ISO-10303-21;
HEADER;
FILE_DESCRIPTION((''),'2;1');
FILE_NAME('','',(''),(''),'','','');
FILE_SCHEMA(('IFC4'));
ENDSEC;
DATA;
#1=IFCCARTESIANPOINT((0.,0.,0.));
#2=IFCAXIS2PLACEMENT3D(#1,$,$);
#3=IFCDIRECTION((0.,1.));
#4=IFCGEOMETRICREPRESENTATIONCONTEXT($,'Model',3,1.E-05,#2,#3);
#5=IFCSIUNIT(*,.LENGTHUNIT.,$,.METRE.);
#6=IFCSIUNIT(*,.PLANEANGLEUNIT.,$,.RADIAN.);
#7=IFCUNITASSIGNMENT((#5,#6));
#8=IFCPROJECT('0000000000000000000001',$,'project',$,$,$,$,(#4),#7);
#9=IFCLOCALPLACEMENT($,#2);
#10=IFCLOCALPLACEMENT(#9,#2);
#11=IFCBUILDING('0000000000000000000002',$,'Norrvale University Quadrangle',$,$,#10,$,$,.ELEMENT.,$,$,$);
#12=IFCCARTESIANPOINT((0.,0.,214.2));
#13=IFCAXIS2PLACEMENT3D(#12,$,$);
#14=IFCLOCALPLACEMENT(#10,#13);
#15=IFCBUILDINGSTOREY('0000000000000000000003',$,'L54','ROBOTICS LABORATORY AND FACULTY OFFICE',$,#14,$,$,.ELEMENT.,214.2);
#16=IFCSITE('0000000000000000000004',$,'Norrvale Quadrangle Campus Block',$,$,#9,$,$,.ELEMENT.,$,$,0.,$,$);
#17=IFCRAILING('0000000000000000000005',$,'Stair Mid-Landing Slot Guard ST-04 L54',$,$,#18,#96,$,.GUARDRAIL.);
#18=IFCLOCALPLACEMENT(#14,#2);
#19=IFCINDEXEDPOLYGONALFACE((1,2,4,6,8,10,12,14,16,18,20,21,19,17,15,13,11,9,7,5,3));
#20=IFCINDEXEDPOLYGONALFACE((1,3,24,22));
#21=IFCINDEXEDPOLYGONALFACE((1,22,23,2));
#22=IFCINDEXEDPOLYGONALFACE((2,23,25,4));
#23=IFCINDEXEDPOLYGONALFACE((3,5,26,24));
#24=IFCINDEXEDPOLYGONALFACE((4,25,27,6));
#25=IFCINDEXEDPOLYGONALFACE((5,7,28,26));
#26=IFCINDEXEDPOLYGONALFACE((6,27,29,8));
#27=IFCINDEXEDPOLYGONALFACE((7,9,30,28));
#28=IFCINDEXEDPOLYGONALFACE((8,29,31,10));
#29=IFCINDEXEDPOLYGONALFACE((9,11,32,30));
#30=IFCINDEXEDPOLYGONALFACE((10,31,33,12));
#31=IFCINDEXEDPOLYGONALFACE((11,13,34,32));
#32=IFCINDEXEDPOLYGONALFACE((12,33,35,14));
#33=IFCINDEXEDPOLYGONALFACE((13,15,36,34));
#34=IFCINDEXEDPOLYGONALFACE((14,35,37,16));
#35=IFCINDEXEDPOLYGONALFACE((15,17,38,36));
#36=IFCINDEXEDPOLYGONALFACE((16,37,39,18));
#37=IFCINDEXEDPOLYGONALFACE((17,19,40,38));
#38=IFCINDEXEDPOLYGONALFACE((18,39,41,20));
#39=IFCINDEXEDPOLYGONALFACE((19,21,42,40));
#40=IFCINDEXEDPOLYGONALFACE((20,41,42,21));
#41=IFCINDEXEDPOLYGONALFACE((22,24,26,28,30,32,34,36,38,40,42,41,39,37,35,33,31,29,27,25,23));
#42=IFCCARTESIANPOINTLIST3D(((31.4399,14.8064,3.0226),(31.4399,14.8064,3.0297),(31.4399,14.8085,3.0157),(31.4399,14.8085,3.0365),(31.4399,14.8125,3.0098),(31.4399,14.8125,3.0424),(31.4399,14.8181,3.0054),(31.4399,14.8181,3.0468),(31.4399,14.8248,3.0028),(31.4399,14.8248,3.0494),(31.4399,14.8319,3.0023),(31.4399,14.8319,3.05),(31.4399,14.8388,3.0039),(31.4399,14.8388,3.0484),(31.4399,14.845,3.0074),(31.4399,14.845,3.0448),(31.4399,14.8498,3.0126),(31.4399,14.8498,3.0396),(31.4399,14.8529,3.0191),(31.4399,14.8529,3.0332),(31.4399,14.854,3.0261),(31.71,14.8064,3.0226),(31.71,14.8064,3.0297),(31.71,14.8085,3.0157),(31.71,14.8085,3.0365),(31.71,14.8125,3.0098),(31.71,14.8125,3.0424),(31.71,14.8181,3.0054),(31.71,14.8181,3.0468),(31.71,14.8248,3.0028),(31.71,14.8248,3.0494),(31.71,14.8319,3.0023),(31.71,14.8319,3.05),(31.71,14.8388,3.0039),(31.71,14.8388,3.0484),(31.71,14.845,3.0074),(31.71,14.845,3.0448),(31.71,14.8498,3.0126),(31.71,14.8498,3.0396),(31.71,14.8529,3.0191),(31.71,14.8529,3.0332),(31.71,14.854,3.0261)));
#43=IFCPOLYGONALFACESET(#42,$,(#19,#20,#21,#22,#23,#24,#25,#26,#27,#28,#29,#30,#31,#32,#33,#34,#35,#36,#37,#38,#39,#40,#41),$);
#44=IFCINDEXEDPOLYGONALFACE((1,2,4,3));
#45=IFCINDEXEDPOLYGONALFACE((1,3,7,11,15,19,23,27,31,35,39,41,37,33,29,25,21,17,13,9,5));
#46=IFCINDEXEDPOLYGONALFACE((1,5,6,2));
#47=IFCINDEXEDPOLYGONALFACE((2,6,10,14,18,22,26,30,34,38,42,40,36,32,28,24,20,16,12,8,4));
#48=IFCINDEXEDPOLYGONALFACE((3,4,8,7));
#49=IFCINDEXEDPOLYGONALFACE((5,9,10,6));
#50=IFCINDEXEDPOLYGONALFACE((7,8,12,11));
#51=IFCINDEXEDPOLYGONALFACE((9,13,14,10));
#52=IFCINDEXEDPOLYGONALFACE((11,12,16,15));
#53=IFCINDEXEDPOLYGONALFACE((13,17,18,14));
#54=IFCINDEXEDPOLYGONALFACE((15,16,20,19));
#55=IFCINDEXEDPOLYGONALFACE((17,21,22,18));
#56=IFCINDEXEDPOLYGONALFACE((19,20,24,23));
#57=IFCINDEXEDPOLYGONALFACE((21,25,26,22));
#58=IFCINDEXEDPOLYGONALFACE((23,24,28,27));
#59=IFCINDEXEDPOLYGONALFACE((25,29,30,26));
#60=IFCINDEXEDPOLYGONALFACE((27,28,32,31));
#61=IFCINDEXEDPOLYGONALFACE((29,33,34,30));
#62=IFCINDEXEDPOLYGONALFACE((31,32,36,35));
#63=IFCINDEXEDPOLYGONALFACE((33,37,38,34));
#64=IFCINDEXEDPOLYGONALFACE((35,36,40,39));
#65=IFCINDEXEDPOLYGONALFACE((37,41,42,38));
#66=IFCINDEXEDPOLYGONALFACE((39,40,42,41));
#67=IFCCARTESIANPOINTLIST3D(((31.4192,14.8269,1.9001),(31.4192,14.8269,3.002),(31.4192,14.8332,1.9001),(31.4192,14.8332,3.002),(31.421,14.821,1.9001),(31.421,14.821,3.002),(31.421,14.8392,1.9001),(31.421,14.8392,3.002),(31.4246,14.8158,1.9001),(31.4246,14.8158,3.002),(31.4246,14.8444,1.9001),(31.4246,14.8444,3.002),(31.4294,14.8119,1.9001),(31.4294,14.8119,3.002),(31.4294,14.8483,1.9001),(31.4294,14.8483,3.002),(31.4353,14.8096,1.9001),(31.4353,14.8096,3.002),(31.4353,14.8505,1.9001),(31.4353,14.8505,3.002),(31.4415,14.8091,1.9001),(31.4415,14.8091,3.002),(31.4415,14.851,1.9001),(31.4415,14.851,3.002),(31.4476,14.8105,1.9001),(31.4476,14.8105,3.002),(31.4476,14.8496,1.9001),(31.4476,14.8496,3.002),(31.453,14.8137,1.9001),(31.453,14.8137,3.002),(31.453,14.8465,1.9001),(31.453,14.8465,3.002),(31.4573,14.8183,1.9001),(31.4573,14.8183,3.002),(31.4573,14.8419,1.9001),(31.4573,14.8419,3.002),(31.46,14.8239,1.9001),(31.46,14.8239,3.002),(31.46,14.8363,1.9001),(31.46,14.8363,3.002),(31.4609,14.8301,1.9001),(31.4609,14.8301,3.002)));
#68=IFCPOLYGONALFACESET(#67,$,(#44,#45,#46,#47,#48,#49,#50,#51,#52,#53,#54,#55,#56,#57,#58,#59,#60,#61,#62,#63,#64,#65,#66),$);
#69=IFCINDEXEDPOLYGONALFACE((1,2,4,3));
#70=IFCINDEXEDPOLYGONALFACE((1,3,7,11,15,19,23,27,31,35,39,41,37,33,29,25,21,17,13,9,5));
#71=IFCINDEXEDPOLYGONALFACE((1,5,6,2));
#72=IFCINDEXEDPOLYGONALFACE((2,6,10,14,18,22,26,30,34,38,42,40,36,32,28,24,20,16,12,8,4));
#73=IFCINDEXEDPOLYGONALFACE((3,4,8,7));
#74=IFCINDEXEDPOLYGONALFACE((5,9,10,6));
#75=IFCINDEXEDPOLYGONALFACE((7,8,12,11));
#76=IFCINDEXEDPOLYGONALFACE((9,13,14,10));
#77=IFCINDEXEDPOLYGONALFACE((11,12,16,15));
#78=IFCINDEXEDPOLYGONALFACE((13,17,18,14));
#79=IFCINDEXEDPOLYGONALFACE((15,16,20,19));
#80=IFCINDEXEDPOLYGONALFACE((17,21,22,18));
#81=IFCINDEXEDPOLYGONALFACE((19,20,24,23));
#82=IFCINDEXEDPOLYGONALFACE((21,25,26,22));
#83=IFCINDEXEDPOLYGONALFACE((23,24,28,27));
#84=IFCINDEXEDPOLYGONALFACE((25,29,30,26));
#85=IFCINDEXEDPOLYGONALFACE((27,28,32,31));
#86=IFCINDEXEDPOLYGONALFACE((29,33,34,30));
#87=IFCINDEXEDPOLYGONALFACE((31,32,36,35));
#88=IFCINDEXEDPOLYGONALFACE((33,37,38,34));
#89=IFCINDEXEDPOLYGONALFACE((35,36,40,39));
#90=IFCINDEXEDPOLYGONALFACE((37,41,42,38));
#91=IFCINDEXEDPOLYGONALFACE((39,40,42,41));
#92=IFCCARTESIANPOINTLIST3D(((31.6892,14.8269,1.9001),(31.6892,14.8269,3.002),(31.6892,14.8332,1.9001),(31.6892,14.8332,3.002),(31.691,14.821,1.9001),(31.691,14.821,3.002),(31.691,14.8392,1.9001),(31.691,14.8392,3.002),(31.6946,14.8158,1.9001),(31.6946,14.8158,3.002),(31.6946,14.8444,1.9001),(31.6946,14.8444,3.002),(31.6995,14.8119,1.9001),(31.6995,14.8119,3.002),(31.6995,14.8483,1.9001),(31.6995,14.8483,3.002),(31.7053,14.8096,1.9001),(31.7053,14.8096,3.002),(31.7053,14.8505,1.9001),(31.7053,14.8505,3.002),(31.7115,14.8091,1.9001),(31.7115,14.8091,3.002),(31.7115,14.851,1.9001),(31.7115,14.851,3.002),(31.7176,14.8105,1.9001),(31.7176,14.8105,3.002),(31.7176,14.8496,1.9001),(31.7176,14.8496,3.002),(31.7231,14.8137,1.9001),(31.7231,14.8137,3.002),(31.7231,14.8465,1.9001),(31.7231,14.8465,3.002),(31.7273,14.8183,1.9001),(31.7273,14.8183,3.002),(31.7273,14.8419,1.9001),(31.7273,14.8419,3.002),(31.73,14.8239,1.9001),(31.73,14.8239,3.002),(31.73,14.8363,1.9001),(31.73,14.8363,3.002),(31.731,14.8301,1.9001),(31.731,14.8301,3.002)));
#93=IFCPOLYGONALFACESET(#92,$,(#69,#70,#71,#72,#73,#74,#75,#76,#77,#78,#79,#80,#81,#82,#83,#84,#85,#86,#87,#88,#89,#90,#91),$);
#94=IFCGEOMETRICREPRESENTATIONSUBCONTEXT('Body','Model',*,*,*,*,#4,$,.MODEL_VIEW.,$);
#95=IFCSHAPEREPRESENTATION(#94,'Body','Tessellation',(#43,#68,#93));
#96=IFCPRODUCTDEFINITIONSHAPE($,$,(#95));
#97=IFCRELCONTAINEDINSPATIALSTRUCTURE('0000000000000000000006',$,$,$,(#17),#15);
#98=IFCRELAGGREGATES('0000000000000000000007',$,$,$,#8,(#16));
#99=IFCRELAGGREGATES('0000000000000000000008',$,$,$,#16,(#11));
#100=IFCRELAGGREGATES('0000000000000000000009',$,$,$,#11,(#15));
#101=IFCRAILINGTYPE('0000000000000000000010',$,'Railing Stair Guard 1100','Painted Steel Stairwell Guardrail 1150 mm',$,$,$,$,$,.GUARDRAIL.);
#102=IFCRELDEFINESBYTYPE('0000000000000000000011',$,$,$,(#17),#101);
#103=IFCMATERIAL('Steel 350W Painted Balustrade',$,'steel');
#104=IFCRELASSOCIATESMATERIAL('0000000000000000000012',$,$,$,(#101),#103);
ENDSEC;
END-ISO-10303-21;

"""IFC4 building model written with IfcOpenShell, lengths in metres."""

from ifc_helpers import new_model, si_unit, direction, frame, origin, origin_2d, place, context, subcontext, project, spatial, circle, extrude, material, type_object, element, save


model = new_model("IFC4")

# Units and contexts
model_context = context("Model", 3, precision=1e-05, world=origin(), true_north=direction((0.0, 1.0)))
body_context = subcontext(model_context, "Body", "Model", "MODEL_VIEW")
ifc_project = project(units=[si_unit("LENGTHUNIT", "METRE"), si_unit("PLANEANGLEUNIT", "RADIAN")], contexts=[model_context])

# Site, building, storey
site_placement = place(None, origin())
site = spatial("IfcSite", under=ifc_project, at=site_placement, Name="Norrvale Quadrangle Campus Block", CompositionType="ELEMENT", RefElevation=0.0)
building_placement = place(site_placement, origin())
building = spatial("IfcBuilding", under=site, at=building_placement, Name="Norrvale University Quadrangle", CompositionType="ELEMENT")
storey_placement = place(building_placement, frame((0.0, 0.0, 214.2)))
storey = spatial("IfcBuildingStorey", under=building, at=storey_placement, Name="L54", Description="ROBOTICS LABORATORY AND FACULTY OFFICE", CompositionType="ELEMENT", Elevation=214.2)

# Railing
ifc_material_1 = material(Name="Steel 350W Painted Balustrade", Category="steel")
railing_type_1 = type_object("IfcRailingType", Name="Railing Stair Guard 1100", Description="Painted Steel Stairwell Guardrail 1150 mm", PredefinedType="GUARDRAIL", material=ifc_material_1)
railing_1_placement = place(storey_placement, frame((31.4399, 14.8301, 1.9001)))
element("IfcRailing", 1, at=railing_1_placement, inside=storey, type_object=railing_type_1, Name="Stair Mid-Landing Slot Guard ST-04 L54", PredefinedType="GUARDRAIL", context=body_context, shape_type="SweptSolid", body=[
    extrude(circle(Radius=0.0239, at=origin_2d()), frame((0.0, 0.0, 1.126), z_axis=(1.0, 0.0, 0.0), x_axis=(0.0, 1.0, 0.0)), (0.0, 0.0, 1.0), 0.27),
    extrude(circle(Radius=0.021, at=origin_2d()), origin(), (0.0, 0.0, 1.0), 1.1018),
    extrude(circle(Radius=0.021, at=origin_2d()), frame((0.27, 0.0, 0.0)), (0.0, 0.0, 1.0), 1.1018),
])

save(model, "model.ifc")
